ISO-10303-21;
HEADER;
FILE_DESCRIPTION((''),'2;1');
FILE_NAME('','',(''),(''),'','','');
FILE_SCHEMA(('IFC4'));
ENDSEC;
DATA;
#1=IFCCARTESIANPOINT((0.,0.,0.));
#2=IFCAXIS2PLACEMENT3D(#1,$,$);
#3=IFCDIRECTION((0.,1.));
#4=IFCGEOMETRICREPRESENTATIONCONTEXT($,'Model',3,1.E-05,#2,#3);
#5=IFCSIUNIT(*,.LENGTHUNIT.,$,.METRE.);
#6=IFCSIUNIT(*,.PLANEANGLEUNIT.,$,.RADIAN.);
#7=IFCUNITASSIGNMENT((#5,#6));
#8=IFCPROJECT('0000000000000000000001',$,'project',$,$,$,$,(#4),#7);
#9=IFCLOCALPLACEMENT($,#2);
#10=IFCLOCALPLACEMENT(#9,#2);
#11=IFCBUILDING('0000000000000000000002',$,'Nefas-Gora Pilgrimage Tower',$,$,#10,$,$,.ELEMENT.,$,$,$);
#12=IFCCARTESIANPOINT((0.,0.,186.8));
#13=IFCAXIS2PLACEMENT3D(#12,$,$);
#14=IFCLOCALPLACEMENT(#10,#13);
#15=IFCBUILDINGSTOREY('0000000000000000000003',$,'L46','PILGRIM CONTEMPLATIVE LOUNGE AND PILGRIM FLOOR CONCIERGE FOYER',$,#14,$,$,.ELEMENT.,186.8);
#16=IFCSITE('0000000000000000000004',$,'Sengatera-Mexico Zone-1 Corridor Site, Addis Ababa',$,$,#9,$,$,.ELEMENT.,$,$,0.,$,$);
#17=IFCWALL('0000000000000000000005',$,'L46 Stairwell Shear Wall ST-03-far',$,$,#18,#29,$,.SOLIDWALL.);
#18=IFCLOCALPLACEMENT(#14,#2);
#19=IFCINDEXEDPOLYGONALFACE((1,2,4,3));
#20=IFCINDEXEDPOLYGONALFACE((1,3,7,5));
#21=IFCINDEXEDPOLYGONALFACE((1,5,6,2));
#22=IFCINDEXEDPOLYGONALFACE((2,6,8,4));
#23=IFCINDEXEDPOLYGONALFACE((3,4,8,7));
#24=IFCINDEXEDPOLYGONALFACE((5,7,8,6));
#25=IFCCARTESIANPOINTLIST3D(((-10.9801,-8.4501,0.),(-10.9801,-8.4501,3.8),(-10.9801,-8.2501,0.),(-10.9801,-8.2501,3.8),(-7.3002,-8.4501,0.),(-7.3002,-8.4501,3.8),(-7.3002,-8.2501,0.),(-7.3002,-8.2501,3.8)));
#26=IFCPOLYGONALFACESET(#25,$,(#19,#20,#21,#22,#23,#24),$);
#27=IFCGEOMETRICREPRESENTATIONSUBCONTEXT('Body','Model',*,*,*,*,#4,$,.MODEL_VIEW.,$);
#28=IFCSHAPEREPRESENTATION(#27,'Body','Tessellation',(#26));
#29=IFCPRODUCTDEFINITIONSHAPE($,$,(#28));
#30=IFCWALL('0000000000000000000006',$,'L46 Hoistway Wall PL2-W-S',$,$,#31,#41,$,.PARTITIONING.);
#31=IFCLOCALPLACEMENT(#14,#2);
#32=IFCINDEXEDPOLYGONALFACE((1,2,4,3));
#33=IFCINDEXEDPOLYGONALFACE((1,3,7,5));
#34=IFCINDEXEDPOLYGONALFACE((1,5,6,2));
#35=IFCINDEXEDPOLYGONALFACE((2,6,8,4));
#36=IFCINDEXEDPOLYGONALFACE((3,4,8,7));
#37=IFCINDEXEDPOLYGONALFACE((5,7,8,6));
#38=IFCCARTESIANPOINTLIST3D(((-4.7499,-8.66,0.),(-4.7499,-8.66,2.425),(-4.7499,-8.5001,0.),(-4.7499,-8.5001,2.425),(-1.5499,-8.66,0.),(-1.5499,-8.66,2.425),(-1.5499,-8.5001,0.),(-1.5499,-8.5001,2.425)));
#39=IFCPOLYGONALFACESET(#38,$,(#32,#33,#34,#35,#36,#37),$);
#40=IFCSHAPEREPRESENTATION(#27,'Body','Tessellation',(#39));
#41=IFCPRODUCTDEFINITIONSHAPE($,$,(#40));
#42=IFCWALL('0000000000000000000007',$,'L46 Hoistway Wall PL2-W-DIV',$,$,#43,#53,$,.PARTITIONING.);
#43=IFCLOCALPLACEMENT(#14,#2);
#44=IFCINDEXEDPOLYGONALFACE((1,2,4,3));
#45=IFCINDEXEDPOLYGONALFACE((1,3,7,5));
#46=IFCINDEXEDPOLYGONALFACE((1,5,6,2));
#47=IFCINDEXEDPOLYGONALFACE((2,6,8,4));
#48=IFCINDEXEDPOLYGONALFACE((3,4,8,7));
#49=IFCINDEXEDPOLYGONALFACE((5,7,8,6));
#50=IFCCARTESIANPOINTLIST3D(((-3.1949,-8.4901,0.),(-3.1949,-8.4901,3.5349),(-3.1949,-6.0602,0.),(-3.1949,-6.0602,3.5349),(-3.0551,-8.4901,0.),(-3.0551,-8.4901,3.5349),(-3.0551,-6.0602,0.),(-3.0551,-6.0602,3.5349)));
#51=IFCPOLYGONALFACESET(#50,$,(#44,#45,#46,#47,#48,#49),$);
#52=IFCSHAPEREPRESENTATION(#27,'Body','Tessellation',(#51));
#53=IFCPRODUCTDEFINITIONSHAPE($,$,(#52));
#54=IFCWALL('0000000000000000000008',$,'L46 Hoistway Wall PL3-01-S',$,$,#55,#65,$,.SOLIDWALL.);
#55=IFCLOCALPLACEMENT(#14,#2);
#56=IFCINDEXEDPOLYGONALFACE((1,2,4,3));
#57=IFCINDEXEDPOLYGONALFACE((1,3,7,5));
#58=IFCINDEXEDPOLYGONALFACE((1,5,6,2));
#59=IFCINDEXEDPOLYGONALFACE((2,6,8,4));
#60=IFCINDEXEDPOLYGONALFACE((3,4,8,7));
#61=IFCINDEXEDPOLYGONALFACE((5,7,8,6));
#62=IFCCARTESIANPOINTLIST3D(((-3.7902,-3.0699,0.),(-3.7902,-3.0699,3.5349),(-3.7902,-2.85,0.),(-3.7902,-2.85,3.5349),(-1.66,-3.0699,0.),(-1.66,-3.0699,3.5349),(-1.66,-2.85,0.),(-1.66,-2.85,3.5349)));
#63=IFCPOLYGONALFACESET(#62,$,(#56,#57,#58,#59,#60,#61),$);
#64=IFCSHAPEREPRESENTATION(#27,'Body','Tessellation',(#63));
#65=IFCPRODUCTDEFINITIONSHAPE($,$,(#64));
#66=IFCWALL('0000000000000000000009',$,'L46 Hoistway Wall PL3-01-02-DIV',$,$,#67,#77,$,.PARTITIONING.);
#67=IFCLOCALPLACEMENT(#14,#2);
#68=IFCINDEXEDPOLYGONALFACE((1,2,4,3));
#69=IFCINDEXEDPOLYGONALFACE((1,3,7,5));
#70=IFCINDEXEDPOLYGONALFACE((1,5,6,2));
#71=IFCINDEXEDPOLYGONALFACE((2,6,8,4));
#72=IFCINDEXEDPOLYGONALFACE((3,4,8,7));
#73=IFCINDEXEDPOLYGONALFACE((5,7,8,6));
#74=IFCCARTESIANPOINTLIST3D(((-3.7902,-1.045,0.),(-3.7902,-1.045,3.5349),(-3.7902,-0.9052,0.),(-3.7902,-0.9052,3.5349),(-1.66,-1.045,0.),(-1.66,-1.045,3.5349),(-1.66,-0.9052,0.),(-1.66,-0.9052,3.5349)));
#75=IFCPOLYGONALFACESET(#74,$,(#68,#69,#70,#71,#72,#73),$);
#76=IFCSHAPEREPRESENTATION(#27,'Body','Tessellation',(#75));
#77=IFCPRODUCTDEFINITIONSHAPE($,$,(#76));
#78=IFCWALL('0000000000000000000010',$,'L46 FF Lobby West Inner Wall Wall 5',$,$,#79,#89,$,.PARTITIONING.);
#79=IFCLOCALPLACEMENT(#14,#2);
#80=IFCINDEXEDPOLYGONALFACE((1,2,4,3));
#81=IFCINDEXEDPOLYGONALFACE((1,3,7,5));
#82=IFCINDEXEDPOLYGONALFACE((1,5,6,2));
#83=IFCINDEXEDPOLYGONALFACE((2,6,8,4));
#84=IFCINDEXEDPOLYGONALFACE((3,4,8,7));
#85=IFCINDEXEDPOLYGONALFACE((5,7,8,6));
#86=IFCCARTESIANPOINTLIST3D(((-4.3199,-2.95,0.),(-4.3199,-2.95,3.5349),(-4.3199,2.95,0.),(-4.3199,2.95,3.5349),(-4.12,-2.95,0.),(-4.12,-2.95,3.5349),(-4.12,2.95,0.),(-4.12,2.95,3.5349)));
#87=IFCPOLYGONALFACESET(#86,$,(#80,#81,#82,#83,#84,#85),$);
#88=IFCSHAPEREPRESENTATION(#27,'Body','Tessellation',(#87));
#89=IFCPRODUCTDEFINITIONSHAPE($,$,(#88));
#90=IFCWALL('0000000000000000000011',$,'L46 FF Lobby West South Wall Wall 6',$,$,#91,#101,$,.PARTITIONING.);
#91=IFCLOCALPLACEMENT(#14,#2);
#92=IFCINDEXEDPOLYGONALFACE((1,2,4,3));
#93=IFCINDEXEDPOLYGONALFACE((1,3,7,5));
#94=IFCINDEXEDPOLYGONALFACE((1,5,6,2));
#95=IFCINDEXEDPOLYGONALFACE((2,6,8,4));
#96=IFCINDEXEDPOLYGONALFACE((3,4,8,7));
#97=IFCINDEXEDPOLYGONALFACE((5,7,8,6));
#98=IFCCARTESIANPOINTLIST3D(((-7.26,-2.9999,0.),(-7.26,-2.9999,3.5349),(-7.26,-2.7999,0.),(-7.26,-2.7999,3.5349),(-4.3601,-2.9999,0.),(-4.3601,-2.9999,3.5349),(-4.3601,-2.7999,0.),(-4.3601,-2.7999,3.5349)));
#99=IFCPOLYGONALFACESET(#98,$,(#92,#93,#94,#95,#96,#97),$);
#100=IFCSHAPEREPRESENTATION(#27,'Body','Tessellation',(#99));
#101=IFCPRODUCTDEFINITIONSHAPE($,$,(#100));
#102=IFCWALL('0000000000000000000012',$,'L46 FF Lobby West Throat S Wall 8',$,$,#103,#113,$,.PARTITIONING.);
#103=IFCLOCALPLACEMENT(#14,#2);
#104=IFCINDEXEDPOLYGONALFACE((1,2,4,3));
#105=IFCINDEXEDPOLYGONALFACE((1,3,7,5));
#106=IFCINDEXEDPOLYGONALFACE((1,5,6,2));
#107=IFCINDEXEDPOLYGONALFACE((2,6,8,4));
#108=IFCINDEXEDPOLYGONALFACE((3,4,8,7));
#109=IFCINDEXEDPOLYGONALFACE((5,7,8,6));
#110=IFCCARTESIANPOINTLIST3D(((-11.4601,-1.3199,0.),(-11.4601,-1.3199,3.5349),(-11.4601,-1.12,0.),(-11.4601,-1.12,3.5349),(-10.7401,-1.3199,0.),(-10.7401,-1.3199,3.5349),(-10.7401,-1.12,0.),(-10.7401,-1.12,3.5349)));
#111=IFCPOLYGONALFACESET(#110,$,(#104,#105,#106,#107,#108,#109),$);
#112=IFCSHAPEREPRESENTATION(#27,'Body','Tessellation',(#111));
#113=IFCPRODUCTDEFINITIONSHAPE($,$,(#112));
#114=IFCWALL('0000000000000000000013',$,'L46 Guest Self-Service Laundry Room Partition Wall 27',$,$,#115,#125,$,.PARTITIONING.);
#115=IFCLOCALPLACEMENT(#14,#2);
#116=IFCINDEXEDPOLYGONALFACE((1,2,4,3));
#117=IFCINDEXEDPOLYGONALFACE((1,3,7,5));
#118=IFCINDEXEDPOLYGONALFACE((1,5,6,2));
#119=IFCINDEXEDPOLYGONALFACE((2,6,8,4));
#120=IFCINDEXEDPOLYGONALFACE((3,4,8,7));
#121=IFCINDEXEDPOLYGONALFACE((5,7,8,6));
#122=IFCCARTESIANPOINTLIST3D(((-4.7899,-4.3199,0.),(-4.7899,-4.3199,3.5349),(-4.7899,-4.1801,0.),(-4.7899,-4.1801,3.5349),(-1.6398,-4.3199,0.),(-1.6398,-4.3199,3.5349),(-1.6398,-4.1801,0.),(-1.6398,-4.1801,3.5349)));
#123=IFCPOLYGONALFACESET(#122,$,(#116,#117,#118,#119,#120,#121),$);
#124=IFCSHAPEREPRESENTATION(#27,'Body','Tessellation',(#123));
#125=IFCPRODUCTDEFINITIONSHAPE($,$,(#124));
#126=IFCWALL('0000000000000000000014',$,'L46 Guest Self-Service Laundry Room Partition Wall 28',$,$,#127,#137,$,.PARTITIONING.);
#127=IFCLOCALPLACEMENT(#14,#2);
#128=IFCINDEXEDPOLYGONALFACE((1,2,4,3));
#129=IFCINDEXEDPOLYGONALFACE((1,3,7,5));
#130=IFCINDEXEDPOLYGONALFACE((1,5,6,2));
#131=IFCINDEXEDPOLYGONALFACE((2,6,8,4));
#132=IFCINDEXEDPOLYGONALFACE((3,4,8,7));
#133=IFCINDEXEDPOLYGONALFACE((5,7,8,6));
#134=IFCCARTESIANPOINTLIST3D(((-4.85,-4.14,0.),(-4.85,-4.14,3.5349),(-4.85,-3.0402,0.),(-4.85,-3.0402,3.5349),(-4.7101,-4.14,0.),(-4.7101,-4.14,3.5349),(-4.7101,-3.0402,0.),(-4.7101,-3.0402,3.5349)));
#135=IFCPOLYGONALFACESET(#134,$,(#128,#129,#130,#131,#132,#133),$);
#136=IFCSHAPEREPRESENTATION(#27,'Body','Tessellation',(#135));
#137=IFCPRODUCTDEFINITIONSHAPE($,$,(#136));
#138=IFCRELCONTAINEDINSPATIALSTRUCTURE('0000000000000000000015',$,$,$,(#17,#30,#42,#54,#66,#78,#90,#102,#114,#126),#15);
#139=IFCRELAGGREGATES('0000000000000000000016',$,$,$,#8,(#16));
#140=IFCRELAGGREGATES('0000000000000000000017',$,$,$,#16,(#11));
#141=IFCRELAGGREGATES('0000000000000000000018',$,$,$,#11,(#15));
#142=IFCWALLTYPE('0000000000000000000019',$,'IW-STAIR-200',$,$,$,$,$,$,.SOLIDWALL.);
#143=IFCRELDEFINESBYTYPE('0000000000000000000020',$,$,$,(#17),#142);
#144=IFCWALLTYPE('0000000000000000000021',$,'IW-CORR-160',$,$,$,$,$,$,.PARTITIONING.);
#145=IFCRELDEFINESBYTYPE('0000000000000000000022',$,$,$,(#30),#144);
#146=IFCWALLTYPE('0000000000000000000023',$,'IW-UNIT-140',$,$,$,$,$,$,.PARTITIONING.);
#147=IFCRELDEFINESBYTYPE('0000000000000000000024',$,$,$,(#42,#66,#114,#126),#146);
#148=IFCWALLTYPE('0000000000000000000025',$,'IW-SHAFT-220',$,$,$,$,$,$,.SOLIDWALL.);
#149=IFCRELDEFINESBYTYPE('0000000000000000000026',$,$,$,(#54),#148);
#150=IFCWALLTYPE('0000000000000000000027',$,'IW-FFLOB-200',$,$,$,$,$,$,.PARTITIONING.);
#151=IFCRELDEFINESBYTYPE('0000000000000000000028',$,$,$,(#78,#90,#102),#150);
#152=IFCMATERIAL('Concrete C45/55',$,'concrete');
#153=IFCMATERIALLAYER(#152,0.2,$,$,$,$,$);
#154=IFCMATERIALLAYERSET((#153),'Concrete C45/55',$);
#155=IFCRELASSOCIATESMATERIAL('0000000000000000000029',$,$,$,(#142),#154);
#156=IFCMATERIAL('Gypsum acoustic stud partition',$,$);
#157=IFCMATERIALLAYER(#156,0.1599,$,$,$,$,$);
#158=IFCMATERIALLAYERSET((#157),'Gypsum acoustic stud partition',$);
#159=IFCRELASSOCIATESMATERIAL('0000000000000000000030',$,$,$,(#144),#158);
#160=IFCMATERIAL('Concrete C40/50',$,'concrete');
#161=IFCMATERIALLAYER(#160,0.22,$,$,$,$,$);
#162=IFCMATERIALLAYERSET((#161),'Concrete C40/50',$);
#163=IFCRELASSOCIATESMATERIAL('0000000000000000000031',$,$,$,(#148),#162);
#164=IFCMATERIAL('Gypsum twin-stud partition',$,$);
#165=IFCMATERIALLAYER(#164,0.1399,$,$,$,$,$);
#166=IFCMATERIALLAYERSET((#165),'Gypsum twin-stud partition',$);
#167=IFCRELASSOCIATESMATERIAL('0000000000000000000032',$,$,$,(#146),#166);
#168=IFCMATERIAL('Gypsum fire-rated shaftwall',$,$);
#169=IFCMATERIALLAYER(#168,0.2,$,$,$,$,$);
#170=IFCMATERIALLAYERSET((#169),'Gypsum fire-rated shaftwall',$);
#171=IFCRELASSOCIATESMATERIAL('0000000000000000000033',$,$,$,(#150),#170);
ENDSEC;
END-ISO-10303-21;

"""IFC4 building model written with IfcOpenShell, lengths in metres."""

from ifc_helpers import new_model, si_unit, direction, frame, frame_2d, origin, place, context, subcontext, project, spatial, rectangle, extrude, source, transform, mapped, material, layer, layer_set, type_object, element, save


model = new_model("IFC4")

# Units and contexts
model_context = context("Model", 3, precision=1e-05, world=origin(), true_north=direction((0.0, 1.0)))
body_context = subcontext(model_context, "Body", "Model", "MODEL_VIEW")
ifc_project = project(units=[si_unit("LENGTHUNIT", "METRE"), si_unit("PLANEANGLEUNIT", "RADIAN")], contexts=[model_context])

# Site, building, storey
site_placement = place(None, origin())
site = spatial("IfcSite", under=ifc_project, at=site_placement, Name="Sengatera-Mexico Zone-1 Corridor Site, Addis Ababa", CompositionType="ELEMENT", RefElevation=0.0)
building_placement = place(site_placement, origin())
building = spatial("IfcBuilding", under=site, at=building_placement, Name="Nefas-Gora Pilgrimage Tower", CompositionType="ELEMENT")
storey_placement = place(building_placement, frame((0.0, 0.0, 186.8)))
storey = spatial("IfcBuildingStorey", under=building, at=storey_placement, Name="L46", Description="PILGRIM CONTEMPLATIVE LOUNGE AND PILGRIM FLOOR CONCIERGE FOYER", CompositionType="ELEMENT", Elevation=186.8)

# Shared definitions
ifc_material_1 = material(Name="Concrete C45/55", Category="concrete")
ifc_layer_1 = layer(ifc_material_1, 0.2)
ifc_layer_set_1 = layer_set([ifc_layer_1], Name="Concrete C45/55")
wall_type_1 = type_object("IfcWallType", Name="IW-STAIR-200", PredefinedType="SOLIDWALL", material=ifc_layer_set_1)

# Walls
shared_shape_1 = source(origin(), body_context, "Body", "SweptSolid", [
    extrude(rectangle(XDim=3.6799, YDim=0.2, at=frame_2d((1.8398, 0.0))), origin(), (0.0, 0.0, 1.0), 3.8),
])
wall_1_placement = place(storey_placement, frame((-10.98, -8.3501, 0.0), z_axis=(0.0, 0.0, 1.0), x_axis=(1.0, 0.0, 0.0)))
element("IfcWall", 1, at=wall_1_placement, inside=storey, type_object=wall_type_1, Name="L46 Stairwell Shear Wall ST-03-far", PredefinedType="SOLIDWALL", context=body_context, shape_type="MappedRepresentation", body=[
    mapped(shared_shape_1, transform((0.0, 0.0, 0.0), x_axis=(1.0, 0.0, 0.0), y_axis=(0.0, 1.0, 0.0), z_axis=(0.0, 0.0, 1.0), scale=1.0)),
])
ifc_material_2 = material(Name="Gypsum acoustic stud partition")
ifc_layer_2 = layer(ifc_material_2, 0.1599)
ifc_layer_set_2 = layer_set([ifc_layer_2], Name="Gypsum acoustic stud partition")
wall_type_2 = type_object("IfcWallType", Name="IW-CORR-160", PredefinedType="PARTITIONING", material=ifc_layer_set_2)
shared_shape_2 = source(origin(), body_context, "Body", "SweptSolid", [
    extrude(rectangle(XDim=3.2, YDim=0.1599, at=frame_2d((1.6001, 0.0))), origin(), (0.0, 0.0, 1.0), 2.425),
])
wall_2_placement = place(storey_placement, frame((-4.75, -8.5801, 0.0), z_axis=(0.0, 0.0, 1.0), x_axis=(1.0, 0.0, 0.0)))
element("IfcWall", 2, at=wall_2_placement, inside=storey, type_object=wall_type_2, Name="L46 Hoistway Wall PL2-W-S", PredefinedType="PARTITIONING", context=body_context, shape_type="MappedRepresentation", body=[
    mapped(shared_shape_2, transform((0.0, 0.0, 0.0), x_axis=(1.0, 0.0, 0.0), y_axis=(0.0, 1.0, 0.0), z_axis=(0.0, 0.0, 1.0), scale=1.0)),
])
ifc_material_3 = material(Name="Concrete C40/50", Category="concrete")
ifc_layer_3 = layer(ifc_material_3, 0.22)
ifc_layer_set_3 = layer_set([ifc_layer_3], Name="Concrete C40/50")
wall_type_3 = type_object("IfcWallType", Name="IW-SHAFT-220", PredefinedType="SOLIDWALL", material=ifc_layer_set_3)
ifc_material_4 = material(Name="Gypsum twin-stud partition")
ifc_layer_4 = layer(ifc_material_4, 0.1399)
ifc_layer_set_4 = layer_set([ifc_layer_4], Name="Gypsum twin-stud partition")
wall_type_4 = type_object("IfcWallType", Name="IW-UNIT-140", PredefinedType="PARTITIONING", material=ifc_layer_set_4)
shared_shape_3 = source(origin(), body_context, "Body", "SweptSolid", [
    extrude(rectangle(XDim=2.4299, YDim=0.1399, at=frame_2d((1.2148, 0.0))), origin(), (0.0, 0.0, 1.0), 3.5349),
])
wall_3_placement = place(storey_placement, frame((-3.125, -8.49, 0.0), z_axis=(0.0, 0.0, 1.0), x_axis=(0.0, 1.0, 0.0)))
element("IfcWall", 3, at=wall_3_placement, inside=storey, type_object=wall_type_4, Name="L46 Hoistway Wall PL2-W-DIV", PredefinedType="PARTITIONING", context=body_context, shape_type="MappedRepresentation", body=[
    mapped(shared_shape_3, transform((0.0, 0.0, 0.0), x_axis=(1.0, 0.0, 0.0), y_axis=(0.0, 1.0, 0.0), z_axis=(0.0, 0.0, 1.0), scale=1.0)),
])
shared_shape_4 = source(origin(), body_context, "Body", "SweptSolid", [
    extrude(rectangle(XDim=2.1301, YDim=0.22, at=frame_2d((1.0649, 0.0))), origin(), (0.0, 0.0, 1.0), 3.5349),
])
wall_4_placement = place(storey_placement, frame((-3.79, -2.96, 0.0), z_axis=(0.0, 0.0, 1.0), x_axis=(1.0, 0.0, 0.0)))
element("IfcWall", 4, at=wall_4_placement, inside=storey, type_object=wall_type_3, Name="L46 Hoistway Wall PL3-01-S", PredefinedType="SOLIDWALL", context=body_context, shape_type="MappedRepresentation", body=[
    mapped(shared_shape_4, transform((0.0, 0.0, 0.0), x_axis=(1.0, 0.0, 0.0), y_axis=(0.0, 1.0, 0.0), z_axis=(0.0, 0.0, 1.0), scale=1.0)),
])
shared_shape_5 = source(origin(), body_context, "Body", "SweptSolid", [
    extrude(rectangle(XDim=2.1301, YDim=0.1399, at=frame_2d((1.0649, 0.0))), origin(), (0.0, 0.0, 1.0), 3.5349),
])
wall_5_placement = place(storey_placement, frame((-3.79, -0.9751, 0.0), z_axis=(0.0, 0.0, 1.0), x_axis=(1.0, 0.0, 0.0)))
element("IfcWall", 5, at=wall_5_placement, inside=storey, type_object=wall_type_4, Name="L46 Hoistway Wall PL3-01-02-DIV", PredefinedType="PARTITIONING", context=body_context, shape_type="MappedRepresentation", body=[
    mapped(shared_shape_5, transform((0.0, 0.0, 0.0), x_axis=(1.0, 0.0, 0.0), y_axis=(0.0, 1.0, 0.0), z_axis=(0.0, 0.0, 1.0), scale=1.0)),
])

# Shared definitions
ifc_material_5 = material(Name="Gypsum fire-rated shaftwall")
ifc_layer_5 = layer(ifc_material_5, 0.2)
ifc_layer_set_5 = layer_set([ifc_layer_5], Name="Gypsum fire-rated shaftwall")
wall_type_5 = type_object("IfcWallType", Name="IW-FFLOB-200", PredefinedType="PARTITIONING", material=ifc_layer_set_5)

# Walls
shared_shape_6 = source(origin(), body_context, "Body", "SweptSolid", [
    extrude(rectangle(XDim=5.8999, YDim=0.2, at=frame_2d((2.95, 0.0))), origin(), (0.0, 0.0, 1.0), 3.5349),
])
wall_6_placement = place(storey_placement, frame((-4.22, -2.95, 0.0), z_axis=(0.0, 0.0, 1.0), x_axis=(0.0, 1.0, 0.0)))
element("IfcWall", 6, at=wall_6_placement, inside=storey, type_object=wall_type_5, Name="L46 FF Lobby West Inner Wall Wall 5", PredefinedType="PARTITIONING", context=body_context, shape_type="MappedRepresentation", body=[
    mapped(shared_shape_6, transform((0.0, 0.0, 0.0), x_axis=(1.0, 0.0, 0.0), y_axis=(0.0, 1.0, 0.0), z_axis=(0.0, 0.0, 1.0), scale=1.0)),
])
shared_shape_7 = source(origin(), body_context, "Body", "SweptSolid", [
    extrude(rectangle(XDim=2.8999, YDim=0.2, at=frame_2d((1.45, 0.0))), origin(), (0.0, 0.0, 1.0), 3.5349),
])
wall_7_placement = place(storey_placement, frame((-7.26, -2.8999, 0.0), z_axis=(0.0, 0.0, 1.0), x_axis=(1.0, 0.0, 0.0)))
element("IfcWall", 7, at=wall_7_placement, inside=storey, type_object=wall_type_5, Name="L46 FF Lobby West South Wall Wall 6", PredefinedType="PARTITIONING", context=body_context, shape_type="MappedRepresentation", body=[
    mapped(shared_shape_7, transform((0.0, 0.0, 0.0), x_axis=(1.0, 0.0, 0.0), y_axis=(0.0, 1.0, 0.0), z_axis=(0.0, 0.0, 1.0), scale=1.0)),
])
shared_shape_8 = source(origin(), body_context, "Body", "SweptSolid", [
    extrude(rectangle(XDim=0.72, YDim=0.2, at=frame_2d((0.3599, 0.0))), origin(), (0.0, 0.0, 1.0), 3.5349),
])
wall_8_placement = place(storey_placement, frame((-11.46, -1.22, 0.0), z_axis=(0.0, 0.0, 1.0), x_axis=(1.0, 0.0, 0.0)))
element("IfcWall", 8, at=wall_8_placement, inside=storey, type_object=wall_type_5, Name="L46 FF Lobby West Throat S Wall 8", PredefinedType="PARTITIONING", context=body_context, shape_type="MappedRepresentation", body=[
    mapped(shared_shape_8, transform((0.0, 0.0, 0.0), x_axis=(1.0, 0.0, 0.0), y_axis=(0.0, 1.0, 0.0), z_axis=(0.0, 0.0, 1.0), scale=1.0)),
])
shared_shape_9 = source(origin(), body_context, "Body", "SweptSolid", [
    extrude(rectangle(XDim=3.1501, YDim=0.1399, at=frame_2d((1.5752, 0.0))), origin(), (0.0, 0.0, 1.0), 3.5349),
])
wall_9_placement = place(storey_placement, frame((-4.79, -4.25, 0.0), z_axis=(0.0, 0.0, 1.0), x_axis=(1.0, 0.0, 0.0)))
element("IfcWall", 9, at=wall_9_placement, inside=storey, type_object=wall_type_4, Name="L46 Guest Self-Service Laundry Room Partition Wall 27", PredefinedType="PARTITIONING", context=body_context, shape_type="MappedRepresentation", body=[
    mapped(shared_shape_9, transform((0.0, 0.0, 0.0), x_axis=(1.0, 0.0, 0.0), y_axis=(0.0, 1.0, 0.0), z_axis=(0.0, 0.0, 1.0), scale=1.0)),
])
shared_shape_10 = source(origin(), body_context, "Body", "SweptSolid", [
    extrude(rectangle(XDim=1.0999, YDim=0.1399, at=frame_2d((0.5498, 0.0))), origin(), (0.0, 0.0, 1.0), 3.5349),
])
wall_10_placement = place(storey_placement, frame((-4.78, -4.1399, 0.0), z_axis=(0.0, 0.0, 1.0), x_axis=(0.0, 1.0, 0.0)))
element("IfcWall", 10, at=wall_10_placement, inside=storey, type_object=wall_type_4, Name="L46 Guest Self-Service Laundry Room Partition Wall 28", PredefinedType="PARTITIONING", context=body_context, shape_type="MappedRepresentation", body=[
    mapped(shared_shape_10, transform((0.0, 0.0, 0.0), x_axis=(1.0, 0.0, 0.0), y_axis=(0.0, 1.0, 0.0), z_axis=(0.0, 0.0, 1.0), scale=1.0)),
])

save(model, "model.ifc")
